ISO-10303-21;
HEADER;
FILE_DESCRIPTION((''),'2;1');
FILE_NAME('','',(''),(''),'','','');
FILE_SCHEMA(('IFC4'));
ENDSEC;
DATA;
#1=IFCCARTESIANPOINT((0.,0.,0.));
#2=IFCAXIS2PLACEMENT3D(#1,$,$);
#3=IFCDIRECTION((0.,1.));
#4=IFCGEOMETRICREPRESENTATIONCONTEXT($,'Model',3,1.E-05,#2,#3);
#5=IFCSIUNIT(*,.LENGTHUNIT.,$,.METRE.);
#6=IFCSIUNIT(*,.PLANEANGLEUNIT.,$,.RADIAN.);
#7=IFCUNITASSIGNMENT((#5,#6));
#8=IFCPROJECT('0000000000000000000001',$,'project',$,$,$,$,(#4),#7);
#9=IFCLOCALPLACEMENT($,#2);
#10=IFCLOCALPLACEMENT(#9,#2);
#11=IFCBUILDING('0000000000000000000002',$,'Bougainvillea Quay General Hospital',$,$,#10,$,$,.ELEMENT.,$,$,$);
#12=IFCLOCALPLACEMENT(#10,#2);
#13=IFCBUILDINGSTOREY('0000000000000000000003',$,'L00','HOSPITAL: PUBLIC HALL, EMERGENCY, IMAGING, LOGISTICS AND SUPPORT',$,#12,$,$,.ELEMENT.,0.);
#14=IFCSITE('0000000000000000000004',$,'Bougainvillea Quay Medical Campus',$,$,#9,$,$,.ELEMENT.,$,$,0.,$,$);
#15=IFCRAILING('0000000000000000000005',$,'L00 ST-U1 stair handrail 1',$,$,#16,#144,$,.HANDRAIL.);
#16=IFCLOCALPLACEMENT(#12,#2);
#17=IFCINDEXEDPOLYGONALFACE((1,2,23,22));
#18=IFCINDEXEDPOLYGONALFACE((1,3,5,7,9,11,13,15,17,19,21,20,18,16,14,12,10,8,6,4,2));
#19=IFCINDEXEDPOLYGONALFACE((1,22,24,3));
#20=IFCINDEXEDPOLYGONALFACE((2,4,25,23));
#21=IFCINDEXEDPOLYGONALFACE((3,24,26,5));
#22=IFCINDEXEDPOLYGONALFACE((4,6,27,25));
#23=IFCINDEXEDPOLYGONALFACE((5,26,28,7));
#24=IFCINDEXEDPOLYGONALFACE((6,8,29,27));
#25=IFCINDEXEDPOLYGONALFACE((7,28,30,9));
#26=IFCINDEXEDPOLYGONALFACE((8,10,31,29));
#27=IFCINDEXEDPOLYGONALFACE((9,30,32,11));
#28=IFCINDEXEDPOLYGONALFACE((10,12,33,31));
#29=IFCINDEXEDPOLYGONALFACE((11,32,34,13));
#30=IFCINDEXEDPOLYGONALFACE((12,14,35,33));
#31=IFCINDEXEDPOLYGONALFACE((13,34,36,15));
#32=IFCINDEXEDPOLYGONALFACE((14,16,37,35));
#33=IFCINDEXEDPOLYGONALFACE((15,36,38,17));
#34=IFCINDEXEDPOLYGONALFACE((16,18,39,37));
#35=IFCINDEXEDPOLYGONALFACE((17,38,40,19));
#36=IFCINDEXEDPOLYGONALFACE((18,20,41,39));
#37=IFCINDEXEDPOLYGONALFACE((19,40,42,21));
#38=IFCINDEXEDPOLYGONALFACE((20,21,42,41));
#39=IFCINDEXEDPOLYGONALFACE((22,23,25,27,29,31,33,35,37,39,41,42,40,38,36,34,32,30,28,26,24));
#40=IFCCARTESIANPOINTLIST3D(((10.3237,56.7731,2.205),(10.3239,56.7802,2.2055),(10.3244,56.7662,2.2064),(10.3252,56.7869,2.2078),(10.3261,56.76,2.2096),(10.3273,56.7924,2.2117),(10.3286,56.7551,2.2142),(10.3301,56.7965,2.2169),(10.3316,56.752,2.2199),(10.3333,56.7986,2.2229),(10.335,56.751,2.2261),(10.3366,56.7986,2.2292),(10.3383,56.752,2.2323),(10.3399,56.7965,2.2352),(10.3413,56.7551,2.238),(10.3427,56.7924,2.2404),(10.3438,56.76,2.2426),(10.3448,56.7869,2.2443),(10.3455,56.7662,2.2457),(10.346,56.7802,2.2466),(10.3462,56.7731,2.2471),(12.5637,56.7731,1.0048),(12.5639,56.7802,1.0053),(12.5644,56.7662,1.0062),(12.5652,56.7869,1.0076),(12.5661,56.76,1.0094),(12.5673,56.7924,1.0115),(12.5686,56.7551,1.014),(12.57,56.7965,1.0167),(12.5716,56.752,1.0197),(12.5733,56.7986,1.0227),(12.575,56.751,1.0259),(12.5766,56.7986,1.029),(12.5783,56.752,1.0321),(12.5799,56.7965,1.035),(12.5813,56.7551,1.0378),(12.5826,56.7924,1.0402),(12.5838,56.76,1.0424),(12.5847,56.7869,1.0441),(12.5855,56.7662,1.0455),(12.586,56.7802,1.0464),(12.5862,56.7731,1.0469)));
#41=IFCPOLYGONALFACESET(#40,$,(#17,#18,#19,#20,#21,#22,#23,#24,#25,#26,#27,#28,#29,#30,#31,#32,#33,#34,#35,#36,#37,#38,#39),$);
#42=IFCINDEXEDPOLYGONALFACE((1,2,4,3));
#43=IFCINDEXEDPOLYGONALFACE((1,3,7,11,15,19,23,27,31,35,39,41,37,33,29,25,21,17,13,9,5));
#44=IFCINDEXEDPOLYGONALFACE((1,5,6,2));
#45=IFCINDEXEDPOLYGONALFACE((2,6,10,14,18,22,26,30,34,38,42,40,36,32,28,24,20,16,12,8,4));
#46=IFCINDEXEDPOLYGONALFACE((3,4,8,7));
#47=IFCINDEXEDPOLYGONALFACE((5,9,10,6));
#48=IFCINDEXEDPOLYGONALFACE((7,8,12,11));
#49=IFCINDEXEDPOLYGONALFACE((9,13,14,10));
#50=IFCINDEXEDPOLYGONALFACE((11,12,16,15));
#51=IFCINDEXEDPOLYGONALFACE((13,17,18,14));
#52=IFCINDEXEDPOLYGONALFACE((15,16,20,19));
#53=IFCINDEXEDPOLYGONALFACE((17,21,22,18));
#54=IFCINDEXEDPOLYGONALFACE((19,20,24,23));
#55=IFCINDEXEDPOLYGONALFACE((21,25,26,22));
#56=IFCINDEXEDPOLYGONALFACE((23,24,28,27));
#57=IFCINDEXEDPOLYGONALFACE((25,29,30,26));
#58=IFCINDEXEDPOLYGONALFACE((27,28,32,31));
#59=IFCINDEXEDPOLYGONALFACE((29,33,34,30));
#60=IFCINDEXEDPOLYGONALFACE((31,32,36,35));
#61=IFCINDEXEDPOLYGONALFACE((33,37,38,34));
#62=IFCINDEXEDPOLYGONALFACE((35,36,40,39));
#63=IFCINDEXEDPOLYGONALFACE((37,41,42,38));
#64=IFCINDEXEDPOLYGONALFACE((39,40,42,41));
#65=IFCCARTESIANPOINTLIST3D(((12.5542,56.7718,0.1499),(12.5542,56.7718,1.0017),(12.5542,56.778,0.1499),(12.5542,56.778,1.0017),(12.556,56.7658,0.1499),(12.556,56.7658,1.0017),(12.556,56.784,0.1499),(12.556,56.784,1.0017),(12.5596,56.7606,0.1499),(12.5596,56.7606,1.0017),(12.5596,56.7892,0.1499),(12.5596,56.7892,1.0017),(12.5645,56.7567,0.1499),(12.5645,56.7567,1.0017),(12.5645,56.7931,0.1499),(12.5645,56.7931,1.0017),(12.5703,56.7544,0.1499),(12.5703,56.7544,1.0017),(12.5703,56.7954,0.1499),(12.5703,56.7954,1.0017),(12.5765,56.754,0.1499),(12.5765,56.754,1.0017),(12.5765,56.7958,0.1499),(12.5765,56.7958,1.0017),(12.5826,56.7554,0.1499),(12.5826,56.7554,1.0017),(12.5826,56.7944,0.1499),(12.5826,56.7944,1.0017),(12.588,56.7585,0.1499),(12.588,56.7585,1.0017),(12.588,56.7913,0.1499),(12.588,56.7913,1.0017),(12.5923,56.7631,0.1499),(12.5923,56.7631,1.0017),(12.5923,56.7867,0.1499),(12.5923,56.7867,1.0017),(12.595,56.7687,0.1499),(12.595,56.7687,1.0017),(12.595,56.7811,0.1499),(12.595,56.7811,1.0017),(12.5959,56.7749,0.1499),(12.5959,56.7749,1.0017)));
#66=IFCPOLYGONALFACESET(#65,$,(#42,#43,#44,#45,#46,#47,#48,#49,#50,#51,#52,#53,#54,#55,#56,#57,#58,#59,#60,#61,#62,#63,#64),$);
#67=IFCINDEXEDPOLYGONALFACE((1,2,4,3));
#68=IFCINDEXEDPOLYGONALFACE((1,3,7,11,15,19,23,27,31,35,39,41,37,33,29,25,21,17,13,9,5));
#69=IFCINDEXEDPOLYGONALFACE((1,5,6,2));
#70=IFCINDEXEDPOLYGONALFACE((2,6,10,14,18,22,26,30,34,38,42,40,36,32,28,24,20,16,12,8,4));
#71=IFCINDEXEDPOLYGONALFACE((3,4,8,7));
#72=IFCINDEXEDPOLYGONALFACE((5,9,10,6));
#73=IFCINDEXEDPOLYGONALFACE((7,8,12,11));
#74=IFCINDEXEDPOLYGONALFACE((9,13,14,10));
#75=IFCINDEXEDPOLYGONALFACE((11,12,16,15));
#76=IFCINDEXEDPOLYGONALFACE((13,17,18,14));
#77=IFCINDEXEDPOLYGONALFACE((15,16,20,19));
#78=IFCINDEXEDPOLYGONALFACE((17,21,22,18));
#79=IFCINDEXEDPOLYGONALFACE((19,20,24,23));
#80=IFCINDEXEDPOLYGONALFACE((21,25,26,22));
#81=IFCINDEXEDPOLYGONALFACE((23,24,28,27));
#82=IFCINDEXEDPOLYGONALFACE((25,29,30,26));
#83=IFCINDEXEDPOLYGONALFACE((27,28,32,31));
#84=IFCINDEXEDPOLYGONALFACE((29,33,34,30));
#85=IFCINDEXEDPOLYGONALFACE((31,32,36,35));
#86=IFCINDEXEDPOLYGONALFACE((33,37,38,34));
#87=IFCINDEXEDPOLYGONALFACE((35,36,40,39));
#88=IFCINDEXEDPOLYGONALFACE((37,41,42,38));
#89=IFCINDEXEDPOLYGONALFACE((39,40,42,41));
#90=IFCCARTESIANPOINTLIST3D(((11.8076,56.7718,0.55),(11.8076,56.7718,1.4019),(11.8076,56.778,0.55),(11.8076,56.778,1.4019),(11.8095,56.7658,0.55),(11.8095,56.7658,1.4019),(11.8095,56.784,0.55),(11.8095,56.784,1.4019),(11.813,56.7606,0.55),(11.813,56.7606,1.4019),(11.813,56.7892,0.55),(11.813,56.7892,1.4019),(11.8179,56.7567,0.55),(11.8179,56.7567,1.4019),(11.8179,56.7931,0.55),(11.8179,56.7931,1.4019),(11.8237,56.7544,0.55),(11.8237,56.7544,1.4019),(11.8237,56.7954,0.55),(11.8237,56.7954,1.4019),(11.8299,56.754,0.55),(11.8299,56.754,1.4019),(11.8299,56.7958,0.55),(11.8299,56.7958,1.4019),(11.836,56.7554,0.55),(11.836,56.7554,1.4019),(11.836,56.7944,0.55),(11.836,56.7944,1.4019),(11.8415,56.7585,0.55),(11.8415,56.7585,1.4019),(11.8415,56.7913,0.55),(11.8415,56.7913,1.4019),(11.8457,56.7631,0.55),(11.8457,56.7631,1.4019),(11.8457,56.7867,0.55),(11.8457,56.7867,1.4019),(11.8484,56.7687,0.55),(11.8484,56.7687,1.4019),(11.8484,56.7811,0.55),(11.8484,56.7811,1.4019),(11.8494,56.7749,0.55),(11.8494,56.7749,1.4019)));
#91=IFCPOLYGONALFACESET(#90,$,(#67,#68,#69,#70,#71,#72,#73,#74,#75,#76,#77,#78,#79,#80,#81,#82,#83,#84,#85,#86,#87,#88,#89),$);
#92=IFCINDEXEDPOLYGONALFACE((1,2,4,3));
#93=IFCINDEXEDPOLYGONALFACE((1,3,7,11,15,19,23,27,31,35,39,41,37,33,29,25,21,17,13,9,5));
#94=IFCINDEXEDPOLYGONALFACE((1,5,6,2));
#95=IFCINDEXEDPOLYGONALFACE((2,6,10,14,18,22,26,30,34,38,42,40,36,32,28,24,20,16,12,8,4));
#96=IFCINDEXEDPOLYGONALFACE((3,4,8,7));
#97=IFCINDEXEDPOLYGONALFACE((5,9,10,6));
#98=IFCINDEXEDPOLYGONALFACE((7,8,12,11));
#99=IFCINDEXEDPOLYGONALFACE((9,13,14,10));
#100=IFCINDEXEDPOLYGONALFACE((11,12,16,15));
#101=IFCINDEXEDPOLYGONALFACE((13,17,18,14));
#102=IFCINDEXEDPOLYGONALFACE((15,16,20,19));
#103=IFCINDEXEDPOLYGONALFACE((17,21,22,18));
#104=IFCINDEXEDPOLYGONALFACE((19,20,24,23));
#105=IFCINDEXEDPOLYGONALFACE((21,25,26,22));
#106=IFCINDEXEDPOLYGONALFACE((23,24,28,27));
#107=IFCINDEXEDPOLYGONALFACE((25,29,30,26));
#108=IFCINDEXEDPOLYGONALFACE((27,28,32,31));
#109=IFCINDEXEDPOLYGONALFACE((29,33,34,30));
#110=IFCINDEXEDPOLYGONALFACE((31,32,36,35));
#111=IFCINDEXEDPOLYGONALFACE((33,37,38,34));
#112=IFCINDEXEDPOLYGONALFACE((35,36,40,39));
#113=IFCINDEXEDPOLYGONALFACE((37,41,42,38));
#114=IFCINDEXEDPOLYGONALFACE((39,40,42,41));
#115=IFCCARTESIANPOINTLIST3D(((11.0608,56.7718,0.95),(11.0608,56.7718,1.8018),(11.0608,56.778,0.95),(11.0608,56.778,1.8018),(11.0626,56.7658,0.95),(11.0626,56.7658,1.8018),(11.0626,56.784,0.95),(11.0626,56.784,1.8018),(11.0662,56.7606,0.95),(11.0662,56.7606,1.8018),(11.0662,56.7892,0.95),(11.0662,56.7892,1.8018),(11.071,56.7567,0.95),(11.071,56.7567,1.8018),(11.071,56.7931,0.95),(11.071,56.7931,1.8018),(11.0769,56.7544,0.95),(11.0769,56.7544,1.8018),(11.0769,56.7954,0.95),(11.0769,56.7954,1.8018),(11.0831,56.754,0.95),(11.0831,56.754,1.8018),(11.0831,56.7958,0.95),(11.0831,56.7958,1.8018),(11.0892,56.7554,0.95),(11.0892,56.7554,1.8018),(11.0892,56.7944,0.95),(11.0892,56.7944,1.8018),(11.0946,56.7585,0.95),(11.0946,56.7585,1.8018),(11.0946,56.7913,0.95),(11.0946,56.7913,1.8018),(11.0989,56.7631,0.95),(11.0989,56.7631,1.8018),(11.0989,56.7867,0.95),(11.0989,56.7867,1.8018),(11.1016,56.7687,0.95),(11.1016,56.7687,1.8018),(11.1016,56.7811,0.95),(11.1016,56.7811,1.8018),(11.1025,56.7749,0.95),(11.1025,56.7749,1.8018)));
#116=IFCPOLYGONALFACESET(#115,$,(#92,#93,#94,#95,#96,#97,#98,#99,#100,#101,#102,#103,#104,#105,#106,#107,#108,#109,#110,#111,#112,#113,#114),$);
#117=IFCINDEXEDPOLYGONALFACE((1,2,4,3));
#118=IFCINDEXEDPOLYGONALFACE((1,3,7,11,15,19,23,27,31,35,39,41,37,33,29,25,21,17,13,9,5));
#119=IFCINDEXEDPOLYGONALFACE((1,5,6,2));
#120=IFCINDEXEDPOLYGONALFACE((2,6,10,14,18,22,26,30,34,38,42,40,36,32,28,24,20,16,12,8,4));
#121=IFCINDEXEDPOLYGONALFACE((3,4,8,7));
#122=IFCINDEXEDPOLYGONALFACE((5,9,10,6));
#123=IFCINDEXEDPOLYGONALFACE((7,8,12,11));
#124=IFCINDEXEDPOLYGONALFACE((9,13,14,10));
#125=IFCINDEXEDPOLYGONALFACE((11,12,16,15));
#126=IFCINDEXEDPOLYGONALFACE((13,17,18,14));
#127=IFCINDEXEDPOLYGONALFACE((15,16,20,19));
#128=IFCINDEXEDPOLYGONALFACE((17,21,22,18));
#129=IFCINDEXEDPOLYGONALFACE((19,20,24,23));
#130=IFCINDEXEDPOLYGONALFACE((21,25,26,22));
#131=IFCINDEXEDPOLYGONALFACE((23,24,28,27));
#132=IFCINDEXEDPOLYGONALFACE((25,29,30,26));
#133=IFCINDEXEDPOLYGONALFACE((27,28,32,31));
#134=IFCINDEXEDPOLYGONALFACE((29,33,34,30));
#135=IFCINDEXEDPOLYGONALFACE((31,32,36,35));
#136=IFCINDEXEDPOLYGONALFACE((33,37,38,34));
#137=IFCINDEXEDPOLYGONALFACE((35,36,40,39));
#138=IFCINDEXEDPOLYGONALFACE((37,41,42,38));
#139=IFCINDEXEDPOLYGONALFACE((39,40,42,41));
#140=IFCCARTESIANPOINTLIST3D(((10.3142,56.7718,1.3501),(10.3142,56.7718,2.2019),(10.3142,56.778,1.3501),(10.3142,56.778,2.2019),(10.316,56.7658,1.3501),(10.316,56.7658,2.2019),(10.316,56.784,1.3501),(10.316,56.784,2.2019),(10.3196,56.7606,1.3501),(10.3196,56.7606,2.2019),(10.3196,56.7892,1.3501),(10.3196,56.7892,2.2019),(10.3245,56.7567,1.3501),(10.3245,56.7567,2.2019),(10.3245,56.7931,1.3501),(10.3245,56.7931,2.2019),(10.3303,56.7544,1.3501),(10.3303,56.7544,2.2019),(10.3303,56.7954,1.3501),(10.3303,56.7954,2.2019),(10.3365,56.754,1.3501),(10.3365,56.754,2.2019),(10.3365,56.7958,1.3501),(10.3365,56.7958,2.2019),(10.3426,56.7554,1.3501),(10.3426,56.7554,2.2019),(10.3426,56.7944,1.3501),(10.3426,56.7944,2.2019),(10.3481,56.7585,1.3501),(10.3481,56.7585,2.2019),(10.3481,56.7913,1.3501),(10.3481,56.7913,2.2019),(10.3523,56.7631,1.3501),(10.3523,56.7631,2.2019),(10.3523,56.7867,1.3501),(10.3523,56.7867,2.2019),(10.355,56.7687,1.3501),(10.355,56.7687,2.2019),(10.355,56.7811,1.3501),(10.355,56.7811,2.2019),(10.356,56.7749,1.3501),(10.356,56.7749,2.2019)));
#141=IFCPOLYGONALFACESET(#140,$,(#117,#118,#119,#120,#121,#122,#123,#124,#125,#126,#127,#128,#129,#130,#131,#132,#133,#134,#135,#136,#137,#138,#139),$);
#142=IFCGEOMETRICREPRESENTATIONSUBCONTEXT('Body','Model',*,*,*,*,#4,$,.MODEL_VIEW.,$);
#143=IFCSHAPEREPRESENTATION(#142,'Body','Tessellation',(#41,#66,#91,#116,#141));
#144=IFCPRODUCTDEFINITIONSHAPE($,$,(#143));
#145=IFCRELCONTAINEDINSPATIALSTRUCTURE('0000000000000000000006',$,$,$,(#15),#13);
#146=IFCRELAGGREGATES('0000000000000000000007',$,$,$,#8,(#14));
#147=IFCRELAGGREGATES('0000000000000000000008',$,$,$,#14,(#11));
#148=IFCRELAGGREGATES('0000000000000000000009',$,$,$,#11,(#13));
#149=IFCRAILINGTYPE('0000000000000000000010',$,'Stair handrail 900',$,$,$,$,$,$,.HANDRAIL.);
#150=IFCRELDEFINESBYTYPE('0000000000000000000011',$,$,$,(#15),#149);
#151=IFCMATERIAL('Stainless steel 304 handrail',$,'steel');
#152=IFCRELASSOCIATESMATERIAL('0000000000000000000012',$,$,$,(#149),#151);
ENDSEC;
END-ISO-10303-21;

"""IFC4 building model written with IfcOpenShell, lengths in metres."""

from ifc_helpers import new_model, si_unit, direction, frame, origin, origin_2d, place, context, subcontext, project, spatial, circle, extrude, material, type_object, element, save


model = new_model("IFC4")

# Units and contexts
model_context = context("Model", 3, precision=1e-05, world=origin(), true_north=direction((0.0, 1.0)))
body_context = subcontext(model_context, "Body", "Model", "MODEL_VIEW")
ifc_project = project(units=[si_unit("LENGTHUNIT", "METRE"), si_unit("PLANEANGLEUNIT", "RADIAN")], contexts=[model_context])

# Site, building, storey
site_placement = place(None, origin())
site = spatial("IfcSite", under=ifc_project, at=site_placement, Name="Bougainvillea Quay Medical Campus", CompositionType="ELEMENT", RefElevation=0.0)
building_placement = place(site_placement, origin())
building = spatial("IfcBuilding", under=site, at=building_placement, Name="Bougainvillea Quay General Hospital", CompositionType="ELEMENT")
storey_placement = place(building_placement, origin())
storey = spatial("IfcBuildingStorey", under=building, at=storey_placement, Name="L00", Description="HOSPITAL: PUBLIC HALL, EMERGENCY, IMAGING, LOGISTICS AND SUPPORT", CompositionType="ELEMENT", Elevation=0.0)

# Railing
ifc_material_1 = material(Name="Stainless steel 304 handrail", Category="steel")
railing_type_1 = type_object("IfcRailingType", Name="Stair handrail 900", PredefinedType="HANDRAIL", material=ifc_material_1)
railing_1_placement = place(storey_placement, frame((12.575, 56.7749, 0.1499)))
element("IfcRailing", 1, at=railing_1_placement, inside=storey, type_object=railing_type_1, Name="L00 ST-U1 stair handrail 1", PredefinedType="HANDRAIL", context=body_context, shape_type="SweptSolid", body=[
    extrude(circle(Radius=0.0239, at=origin_2d()), frame((0.0, 0.0, 0.876), z_axis=(-0.881447, 0.0, 0.472283), x_axis=(0.0, -1.0, 0.0)), (0.0, 0.0, 1.0), 2.5413),
    extrude(circle(Radius=0.021, at=origin_2d()), origin(), (0.0, 0.0, 1.0), 0.8518),
    extrude(circle(Radius=0.021, at=origin_2d()), frame((-0.7466, 0.0, 0.4001)), (0.0, 0.0, 1.0), 0.8518),
    extrude(circle(Radius=0.021, at=origin_2d()), frame((-1.4934, 0.0, 0.8)), (0.0, 0.0, 1.0), 0.8518),
    extrude(circle(Radius=0.021, at=origin_2d()), frame((-2.24, 0.0, 1.2002)), (0.0, 0.0, 1.0), 0.8518),
])

save(model, "model.ifc")
